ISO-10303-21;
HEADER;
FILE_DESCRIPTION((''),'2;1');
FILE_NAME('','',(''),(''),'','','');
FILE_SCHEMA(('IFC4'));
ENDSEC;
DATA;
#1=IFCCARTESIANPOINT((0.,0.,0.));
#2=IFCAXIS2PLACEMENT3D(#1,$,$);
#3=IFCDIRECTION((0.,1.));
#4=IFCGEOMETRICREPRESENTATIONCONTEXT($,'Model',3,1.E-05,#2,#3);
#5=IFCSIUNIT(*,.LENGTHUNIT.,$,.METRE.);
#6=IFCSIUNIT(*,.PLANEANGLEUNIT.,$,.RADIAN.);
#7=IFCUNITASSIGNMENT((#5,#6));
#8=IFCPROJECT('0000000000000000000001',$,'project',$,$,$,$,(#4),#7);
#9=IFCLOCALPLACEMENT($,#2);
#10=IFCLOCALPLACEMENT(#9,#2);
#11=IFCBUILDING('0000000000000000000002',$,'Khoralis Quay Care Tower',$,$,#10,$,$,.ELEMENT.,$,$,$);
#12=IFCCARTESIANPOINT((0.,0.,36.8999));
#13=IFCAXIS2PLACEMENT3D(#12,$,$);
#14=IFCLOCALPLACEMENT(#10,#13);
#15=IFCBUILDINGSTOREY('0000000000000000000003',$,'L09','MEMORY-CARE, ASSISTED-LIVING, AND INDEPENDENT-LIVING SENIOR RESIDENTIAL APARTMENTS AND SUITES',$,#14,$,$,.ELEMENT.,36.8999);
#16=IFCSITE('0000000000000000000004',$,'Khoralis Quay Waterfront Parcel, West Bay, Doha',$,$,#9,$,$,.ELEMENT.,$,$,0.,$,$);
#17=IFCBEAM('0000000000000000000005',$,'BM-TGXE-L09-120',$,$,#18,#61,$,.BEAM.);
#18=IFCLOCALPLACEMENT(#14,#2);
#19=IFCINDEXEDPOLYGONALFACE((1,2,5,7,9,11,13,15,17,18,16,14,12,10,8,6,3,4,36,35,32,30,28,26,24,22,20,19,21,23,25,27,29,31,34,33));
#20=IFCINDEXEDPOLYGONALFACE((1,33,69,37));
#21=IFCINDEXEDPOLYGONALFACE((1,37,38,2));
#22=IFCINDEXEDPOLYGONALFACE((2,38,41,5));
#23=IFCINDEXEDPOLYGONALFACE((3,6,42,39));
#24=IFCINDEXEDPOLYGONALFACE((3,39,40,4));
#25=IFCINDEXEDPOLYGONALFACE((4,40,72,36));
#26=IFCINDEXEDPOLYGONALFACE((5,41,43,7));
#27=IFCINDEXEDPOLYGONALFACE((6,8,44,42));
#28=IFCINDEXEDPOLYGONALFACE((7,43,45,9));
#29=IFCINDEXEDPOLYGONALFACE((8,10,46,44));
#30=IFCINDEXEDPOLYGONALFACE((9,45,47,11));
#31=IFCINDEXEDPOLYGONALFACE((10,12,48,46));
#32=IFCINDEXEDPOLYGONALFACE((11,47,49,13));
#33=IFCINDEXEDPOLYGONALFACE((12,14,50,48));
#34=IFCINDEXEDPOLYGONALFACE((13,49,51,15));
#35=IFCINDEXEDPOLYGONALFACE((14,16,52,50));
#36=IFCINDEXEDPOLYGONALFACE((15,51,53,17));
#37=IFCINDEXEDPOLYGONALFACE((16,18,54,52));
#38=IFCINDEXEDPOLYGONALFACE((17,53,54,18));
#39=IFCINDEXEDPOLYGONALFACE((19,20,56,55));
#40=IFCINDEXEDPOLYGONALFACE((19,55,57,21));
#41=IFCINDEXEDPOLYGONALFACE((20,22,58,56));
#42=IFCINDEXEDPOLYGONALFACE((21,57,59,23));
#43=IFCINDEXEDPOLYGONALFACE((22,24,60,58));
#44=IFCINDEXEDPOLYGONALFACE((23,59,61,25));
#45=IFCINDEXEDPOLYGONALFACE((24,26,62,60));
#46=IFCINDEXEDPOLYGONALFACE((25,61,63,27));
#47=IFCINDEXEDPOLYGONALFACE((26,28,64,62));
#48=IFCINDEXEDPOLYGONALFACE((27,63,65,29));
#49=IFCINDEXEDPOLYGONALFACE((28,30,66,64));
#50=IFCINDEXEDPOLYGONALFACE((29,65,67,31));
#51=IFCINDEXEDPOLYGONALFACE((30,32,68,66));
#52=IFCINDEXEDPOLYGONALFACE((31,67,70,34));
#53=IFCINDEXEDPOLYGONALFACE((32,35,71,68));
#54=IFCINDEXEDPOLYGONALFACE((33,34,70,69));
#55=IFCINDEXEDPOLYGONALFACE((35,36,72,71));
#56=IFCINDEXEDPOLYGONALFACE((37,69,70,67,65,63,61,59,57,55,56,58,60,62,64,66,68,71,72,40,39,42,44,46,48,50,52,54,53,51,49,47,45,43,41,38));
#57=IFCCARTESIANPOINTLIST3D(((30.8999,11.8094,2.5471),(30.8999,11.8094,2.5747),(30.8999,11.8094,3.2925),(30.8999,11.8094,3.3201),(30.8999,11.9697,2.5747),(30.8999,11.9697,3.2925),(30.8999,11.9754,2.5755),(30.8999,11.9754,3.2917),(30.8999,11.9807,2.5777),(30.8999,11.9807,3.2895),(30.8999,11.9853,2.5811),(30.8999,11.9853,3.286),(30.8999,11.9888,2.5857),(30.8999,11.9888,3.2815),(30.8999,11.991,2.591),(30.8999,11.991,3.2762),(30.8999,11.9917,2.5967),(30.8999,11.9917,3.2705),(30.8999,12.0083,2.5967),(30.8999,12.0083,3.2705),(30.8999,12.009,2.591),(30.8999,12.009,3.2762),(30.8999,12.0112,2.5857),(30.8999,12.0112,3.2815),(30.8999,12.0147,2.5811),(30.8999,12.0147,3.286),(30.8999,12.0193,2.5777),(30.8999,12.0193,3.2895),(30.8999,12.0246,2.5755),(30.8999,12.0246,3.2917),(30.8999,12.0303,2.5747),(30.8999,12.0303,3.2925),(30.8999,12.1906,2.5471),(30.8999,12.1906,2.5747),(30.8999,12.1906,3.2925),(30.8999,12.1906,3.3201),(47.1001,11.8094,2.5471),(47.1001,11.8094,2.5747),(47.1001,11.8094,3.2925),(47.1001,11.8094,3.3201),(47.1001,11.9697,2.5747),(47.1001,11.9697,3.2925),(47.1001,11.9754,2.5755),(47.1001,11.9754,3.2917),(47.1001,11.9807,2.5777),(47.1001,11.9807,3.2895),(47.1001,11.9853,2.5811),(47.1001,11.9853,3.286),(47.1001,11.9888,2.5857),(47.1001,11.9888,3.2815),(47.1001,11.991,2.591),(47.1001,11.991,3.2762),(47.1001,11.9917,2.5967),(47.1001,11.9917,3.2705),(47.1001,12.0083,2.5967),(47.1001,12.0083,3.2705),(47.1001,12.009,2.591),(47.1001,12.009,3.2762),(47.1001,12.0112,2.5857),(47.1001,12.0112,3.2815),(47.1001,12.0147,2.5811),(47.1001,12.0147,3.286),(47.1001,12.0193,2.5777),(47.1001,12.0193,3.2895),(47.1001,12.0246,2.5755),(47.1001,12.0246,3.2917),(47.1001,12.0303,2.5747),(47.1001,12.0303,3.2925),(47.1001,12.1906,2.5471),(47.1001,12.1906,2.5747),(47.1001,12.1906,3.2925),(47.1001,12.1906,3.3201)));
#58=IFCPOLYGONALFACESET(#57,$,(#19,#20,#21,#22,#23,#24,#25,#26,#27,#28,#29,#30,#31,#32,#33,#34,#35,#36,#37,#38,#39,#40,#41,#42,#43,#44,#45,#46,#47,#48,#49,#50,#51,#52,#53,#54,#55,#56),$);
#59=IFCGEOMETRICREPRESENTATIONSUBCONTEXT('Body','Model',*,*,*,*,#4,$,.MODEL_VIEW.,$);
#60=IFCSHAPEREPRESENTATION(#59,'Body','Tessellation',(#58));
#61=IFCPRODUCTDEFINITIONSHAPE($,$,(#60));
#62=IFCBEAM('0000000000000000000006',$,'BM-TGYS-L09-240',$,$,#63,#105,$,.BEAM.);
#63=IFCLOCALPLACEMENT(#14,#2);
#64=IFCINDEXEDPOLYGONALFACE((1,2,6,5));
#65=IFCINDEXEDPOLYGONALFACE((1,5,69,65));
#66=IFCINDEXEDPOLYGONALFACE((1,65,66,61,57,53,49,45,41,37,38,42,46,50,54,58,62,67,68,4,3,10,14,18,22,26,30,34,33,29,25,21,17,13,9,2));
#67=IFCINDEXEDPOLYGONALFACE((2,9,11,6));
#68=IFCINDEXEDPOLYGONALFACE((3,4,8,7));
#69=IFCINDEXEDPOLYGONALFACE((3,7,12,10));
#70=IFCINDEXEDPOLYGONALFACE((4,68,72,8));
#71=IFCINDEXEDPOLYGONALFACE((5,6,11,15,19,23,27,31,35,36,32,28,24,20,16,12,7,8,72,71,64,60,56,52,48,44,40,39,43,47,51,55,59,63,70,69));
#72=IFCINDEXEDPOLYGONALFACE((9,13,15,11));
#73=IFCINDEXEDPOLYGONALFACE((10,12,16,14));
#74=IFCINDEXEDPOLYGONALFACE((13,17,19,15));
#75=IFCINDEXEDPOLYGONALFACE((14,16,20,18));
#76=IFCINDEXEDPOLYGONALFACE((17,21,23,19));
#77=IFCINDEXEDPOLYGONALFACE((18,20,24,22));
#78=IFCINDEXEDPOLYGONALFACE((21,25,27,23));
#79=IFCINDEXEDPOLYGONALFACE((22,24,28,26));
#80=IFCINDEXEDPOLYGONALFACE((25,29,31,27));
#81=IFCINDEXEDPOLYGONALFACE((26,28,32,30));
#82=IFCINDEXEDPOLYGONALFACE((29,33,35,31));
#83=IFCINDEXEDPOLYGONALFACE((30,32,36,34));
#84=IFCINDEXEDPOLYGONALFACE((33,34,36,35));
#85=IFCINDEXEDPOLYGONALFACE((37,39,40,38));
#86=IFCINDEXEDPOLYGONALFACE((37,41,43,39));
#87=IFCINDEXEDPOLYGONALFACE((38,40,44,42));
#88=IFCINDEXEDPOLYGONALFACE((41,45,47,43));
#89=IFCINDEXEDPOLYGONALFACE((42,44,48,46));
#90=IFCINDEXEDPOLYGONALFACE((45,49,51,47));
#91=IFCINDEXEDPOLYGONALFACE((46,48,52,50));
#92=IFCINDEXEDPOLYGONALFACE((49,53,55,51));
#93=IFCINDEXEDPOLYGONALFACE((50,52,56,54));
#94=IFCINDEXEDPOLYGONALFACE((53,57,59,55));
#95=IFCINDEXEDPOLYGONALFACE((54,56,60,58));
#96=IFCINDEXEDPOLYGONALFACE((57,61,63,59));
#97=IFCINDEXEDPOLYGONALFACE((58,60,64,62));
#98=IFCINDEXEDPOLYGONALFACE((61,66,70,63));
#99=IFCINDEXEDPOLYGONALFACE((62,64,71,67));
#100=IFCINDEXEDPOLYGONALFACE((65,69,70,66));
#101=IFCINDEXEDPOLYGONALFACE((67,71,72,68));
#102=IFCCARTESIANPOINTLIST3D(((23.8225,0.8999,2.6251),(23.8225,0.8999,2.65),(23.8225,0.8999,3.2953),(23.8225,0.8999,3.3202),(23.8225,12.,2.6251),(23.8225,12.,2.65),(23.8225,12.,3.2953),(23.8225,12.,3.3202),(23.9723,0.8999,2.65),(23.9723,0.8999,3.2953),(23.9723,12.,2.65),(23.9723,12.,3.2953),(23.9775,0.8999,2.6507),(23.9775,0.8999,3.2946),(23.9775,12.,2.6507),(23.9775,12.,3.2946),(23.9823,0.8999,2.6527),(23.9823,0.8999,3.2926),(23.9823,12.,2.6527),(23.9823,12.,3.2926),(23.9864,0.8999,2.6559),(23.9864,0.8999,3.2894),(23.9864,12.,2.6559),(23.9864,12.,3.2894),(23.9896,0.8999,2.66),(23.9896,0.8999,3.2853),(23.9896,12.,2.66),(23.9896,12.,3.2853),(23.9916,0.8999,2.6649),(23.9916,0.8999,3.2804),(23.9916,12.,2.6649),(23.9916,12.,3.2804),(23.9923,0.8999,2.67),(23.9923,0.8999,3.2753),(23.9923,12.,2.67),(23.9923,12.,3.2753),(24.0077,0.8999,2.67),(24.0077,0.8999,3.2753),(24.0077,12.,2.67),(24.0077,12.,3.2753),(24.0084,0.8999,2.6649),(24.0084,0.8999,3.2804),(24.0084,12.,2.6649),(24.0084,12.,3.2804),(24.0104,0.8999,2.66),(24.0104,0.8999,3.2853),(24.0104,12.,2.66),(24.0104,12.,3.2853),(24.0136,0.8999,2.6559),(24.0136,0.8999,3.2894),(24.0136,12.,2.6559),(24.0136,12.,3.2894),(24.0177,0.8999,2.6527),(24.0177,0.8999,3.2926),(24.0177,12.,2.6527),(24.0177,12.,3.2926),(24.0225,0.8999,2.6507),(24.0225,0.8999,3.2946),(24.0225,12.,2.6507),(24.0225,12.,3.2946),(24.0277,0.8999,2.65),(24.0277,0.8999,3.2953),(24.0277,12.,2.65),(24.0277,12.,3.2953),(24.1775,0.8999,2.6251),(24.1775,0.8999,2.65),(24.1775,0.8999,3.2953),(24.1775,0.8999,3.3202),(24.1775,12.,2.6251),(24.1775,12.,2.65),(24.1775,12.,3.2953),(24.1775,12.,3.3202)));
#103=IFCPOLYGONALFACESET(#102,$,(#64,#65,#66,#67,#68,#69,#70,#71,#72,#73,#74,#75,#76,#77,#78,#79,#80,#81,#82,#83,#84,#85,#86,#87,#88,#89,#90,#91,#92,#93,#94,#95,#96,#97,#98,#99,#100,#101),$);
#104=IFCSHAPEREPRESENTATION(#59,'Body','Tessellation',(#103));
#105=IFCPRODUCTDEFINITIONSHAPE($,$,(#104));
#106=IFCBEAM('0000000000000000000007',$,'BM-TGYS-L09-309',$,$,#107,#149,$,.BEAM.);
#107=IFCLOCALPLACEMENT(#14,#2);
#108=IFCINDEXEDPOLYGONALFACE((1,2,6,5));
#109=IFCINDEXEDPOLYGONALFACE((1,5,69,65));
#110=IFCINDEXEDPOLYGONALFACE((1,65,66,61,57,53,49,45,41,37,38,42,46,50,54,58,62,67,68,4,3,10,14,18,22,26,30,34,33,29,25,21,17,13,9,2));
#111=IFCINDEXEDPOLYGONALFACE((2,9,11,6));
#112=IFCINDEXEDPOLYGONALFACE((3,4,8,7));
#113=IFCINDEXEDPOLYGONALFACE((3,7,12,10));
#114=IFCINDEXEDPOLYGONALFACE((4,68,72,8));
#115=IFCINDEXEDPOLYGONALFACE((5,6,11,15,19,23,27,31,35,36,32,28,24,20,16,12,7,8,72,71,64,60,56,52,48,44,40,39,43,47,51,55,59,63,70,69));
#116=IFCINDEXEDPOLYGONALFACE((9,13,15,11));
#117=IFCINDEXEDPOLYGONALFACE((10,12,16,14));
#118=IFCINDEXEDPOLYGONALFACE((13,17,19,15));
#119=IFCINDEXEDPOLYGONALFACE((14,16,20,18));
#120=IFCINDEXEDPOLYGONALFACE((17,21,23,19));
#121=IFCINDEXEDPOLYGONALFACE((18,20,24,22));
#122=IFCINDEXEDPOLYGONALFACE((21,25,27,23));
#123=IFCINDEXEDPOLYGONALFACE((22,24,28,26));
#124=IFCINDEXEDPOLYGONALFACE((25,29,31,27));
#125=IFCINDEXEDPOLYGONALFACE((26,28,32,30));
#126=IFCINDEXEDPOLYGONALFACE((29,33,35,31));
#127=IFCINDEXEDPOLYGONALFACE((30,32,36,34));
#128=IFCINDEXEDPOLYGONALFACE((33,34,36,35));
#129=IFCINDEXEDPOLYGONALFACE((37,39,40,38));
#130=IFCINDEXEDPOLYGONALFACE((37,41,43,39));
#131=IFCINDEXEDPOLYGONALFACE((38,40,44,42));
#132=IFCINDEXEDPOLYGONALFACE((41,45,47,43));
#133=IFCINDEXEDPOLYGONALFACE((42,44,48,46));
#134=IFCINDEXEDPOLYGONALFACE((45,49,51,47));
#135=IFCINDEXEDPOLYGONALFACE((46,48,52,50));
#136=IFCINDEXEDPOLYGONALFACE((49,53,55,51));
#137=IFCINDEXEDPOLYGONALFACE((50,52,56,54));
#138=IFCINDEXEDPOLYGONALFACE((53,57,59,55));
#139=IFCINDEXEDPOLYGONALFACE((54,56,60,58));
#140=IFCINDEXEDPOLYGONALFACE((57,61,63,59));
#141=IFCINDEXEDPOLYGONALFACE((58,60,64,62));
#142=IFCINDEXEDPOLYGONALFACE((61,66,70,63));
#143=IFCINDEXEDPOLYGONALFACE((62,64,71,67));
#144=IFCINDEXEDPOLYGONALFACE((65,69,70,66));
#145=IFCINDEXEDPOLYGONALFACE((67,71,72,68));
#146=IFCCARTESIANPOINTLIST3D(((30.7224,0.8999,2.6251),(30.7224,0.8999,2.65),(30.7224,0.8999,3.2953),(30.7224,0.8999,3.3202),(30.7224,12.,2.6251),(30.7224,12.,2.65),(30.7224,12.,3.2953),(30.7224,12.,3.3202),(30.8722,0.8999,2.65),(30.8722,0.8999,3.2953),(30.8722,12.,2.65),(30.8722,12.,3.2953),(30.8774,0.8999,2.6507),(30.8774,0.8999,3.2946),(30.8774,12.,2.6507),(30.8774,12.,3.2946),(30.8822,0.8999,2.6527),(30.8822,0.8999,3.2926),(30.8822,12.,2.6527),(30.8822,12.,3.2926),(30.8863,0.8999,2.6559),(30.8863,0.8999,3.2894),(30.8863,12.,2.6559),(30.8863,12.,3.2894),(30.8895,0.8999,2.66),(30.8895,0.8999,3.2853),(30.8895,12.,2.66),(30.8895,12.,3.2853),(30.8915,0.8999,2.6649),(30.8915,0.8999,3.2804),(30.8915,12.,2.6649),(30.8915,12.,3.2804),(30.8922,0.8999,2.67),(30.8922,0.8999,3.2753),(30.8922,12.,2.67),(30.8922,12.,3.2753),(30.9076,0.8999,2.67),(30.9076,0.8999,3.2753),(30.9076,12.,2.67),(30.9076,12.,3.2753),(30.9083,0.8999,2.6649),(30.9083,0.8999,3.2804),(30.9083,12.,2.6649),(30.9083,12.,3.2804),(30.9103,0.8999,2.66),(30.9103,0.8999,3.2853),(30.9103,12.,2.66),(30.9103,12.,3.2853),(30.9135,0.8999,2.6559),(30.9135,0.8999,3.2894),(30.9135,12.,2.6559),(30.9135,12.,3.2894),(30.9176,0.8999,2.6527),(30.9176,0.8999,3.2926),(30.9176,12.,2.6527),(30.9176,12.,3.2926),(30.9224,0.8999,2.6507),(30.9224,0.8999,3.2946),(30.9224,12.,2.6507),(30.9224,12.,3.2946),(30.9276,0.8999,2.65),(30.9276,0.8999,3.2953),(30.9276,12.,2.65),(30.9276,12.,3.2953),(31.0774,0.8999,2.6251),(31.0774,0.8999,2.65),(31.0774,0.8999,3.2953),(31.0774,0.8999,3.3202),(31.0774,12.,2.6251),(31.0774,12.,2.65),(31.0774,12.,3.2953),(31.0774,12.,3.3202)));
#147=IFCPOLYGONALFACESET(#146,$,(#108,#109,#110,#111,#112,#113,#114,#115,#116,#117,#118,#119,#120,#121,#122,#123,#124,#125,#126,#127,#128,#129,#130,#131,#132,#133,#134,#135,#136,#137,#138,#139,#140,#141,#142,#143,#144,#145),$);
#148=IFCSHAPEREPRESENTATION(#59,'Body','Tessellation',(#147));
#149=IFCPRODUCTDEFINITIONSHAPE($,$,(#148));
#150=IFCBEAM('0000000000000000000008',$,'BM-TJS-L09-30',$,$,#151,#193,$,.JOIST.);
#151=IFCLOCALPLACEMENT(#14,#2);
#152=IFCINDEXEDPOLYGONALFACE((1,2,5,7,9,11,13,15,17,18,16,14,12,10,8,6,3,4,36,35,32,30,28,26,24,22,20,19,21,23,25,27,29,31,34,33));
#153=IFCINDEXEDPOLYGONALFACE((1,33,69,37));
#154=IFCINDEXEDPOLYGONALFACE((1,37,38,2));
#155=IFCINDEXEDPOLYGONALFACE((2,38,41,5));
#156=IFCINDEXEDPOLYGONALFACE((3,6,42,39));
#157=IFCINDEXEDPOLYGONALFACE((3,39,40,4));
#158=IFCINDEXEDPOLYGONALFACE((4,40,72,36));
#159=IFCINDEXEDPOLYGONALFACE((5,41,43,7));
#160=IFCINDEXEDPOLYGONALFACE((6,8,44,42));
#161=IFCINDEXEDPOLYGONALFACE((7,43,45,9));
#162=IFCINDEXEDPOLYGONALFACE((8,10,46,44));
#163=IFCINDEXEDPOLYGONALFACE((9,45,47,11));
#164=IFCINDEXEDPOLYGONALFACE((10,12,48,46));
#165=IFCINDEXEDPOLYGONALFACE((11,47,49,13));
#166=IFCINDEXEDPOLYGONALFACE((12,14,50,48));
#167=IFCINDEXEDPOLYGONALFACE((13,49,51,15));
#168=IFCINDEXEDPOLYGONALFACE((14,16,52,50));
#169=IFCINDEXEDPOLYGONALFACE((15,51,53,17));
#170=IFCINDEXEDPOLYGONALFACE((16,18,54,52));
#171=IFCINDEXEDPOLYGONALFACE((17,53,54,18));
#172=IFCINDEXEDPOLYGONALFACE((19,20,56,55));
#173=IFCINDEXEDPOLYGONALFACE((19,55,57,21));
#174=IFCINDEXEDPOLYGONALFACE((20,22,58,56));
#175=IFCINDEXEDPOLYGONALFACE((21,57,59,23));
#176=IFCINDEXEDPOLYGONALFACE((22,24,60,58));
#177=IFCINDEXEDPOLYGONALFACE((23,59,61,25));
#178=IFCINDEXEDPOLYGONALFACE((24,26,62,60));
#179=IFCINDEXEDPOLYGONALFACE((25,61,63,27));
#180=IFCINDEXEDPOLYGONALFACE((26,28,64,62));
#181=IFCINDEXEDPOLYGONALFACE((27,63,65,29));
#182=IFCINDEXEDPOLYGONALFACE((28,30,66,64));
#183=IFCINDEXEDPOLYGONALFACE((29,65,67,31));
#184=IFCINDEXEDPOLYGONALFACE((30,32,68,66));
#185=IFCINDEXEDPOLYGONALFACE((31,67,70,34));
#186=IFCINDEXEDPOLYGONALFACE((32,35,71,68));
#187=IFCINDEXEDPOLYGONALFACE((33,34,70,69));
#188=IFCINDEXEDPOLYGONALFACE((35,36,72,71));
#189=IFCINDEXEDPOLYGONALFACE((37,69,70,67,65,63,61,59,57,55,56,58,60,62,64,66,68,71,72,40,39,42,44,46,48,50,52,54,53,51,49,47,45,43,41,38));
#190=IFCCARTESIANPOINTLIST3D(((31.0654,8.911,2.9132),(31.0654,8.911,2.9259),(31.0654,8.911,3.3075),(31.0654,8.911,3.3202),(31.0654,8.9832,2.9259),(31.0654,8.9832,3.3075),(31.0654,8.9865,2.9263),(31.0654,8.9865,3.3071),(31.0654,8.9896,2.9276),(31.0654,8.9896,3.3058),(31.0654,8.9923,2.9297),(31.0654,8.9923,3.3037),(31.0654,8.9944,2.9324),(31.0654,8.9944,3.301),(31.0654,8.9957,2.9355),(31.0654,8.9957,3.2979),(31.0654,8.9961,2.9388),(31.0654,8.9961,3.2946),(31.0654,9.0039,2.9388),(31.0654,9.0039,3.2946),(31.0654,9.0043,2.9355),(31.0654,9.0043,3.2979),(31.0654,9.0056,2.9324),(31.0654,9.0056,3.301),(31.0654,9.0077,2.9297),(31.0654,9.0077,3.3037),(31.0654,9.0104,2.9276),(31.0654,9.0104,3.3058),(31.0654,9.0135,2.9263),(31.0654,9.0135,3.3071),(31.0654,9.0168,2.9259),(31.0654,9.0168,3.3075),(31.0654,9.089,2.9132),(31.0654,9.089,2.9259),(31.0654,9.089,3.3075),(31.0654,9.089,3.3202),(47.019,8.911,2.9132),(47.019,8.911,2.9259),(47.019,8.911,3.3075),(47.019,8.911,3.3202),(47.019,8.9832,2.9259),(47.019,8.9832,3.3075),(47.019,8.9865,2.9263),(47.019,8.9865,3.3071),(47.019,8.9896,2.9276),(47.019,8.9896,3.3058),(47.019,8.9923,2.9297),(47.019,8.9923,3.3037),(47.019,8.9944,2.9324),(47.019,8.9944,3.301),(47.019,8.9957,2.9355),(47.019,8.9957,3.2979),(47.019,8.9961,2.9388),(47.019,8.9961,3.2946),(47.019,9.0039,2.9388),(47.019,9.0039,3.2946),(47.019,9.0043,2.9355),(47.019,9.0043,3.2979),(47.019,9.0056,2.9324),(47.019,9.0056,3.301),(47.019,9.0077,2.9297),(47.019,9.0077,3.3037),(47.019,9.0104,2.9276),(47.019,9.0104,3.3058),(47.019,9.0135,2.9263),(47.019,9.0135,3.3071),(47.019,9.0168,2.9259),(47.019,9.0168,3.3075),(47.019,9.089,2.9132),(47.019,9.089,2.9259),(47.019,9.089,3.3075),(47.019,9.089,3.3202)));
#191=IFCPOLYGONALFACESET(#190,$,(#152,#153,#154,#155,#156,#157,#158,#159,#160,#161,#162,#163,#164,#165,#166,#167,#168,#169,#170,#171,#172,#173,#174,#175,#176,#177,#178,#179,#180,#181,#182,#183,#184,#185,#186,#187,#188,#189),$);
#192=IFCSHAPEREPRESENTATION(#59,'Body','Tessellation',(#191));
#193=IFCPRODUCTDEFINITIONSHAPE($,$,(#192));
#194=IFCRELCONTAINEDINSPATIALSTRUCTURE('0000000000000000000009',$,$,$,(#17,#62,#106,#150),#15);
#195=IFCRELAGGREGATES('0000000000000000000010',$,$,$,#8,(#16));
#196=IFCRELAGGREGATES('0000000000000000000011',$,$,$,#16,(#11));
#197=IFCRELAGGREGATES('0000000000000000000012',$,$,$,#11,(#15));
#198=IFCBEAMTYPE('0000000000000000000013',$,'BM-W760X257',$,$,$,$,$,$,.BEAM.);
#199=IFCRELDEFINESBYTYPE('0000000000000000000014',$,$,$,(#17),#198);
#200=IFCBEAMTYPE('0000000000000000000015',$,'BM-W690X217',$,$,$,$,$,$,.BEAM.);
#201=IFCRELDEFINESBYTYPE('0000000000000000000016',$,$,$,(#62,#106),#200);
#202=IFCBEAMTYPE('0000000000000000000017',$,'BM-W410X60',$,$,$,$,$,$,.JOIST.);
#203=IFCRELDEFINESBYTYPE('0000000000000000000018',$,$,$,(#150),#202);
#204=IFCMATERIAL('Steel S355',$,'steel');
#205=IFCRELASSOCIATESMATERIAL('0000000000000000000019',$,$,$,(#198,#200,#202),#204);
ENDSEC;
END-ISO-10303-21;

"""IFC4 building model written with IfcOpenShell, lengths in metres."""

from ifc_helpers import new_model, si_unit, direction, frame, origin, origin_2d, place, context, subcontext, project, spatial, i_section, extrude, source, transform, mapped, material, material_profile, profile_set, type_object, element, save


model = new_model("IFC4")

# Units and contexts
model_context = context("Model", 3, precision=1e-05, world=origin(), true_north=direction((0.0, 1.0)))
body_context = subcontext(model_context, "Body", "Model", "MODEL_VIEW")
ifc_project = project(units=[si_unit("LENGTHUNIT", "METRE"), si_unit("PLANEANGLEUNIT", "RADIAN")], contexts=[model_context])

# Site, building, storey
site_placement = place(None, origin())
site = spatial("IfcSite", under=ifc_project, at=site_placement, Name="Khoralis Quay Waterfront Parcel, West Bay, Doha", CompositionType="ELEMENT", RefElevation=0.0)
building_placement = place(site_placement, origin())
building = spatial("IfcBuilding", under=site, at=building_placement, Name="Khoralis Quay Care Tower", CompositionType="ELEMENT")
storey_placement = place(building_placement, frame((0.0, 0.0, 36.8999)))
storey = spatial("IfcBuildingStorey", under=building, at=storey_placement, Name="L09", Description="MEMORY-CARE, ASSISTED-LIVING, AND INDEPENDENT-LIVING SENIOR RESIDENTIAL APARTMENTS AND SUITES", CompositionType="ELEMENT", Elevation=36.8999)

# Beams
ifc_material_1 = material(Name="Steel S355", Category="steel")
ifc_material_profile_1 = material_profile(ifc_material_1, i_section(OverallWidth=0.3811, OverallDepth=0.7729, WebThickness=0.0166, FlangeThickness=0.0276, FilletRadius=0.022, at=origin_2d()), Name="Steel S355")
ifc_profile_set_1 = profile_set([ifc_material_profile_1], Name="Steel S355")
beam_type_1 = type_object("IfcBeamType", Name="BM-W760X257", PredefinedType="BEAM", material=ifc_profile_set_1)
shared_shape_1 = source(origin(), body_context, "Body", "SweptSolid", [
    extrude(i_section(OverallWidth=0.3811, OverallDepth=0.7729, WebThickness=0.0166, FlangeThickness=0.0276, FilletRadius=0.022, at=origin_2d()), origin(), (0.0, 0.0, 1.0), 16.2002),
])
beam_1_placement = place(storey_placement, frame((30.8999, 12.0, 2.9336), z_axis=(1.0, 0.0, 0.0), x_axis=(0.0, 1.0, 0.0)))
element("IfcBeam", 1, at=beam_1_placement, inside=storey, type_object=beam_type_1, Name="BM-TGXE-L09-120", PredefinedType="BEAM", context=body_context, shape_type="MappedRepresentation", body=[
    mapped(shared_shape_1, transform((0.0, 0.0, 0.0), scale=1.0)),
])
ifc_material_profile_2 = material_profile(ifc_material_1, i_section(OverallWidth=0.355, OverallDepth=0.6951, WebThickness=0.0154, FlangeThickness=0.0249, FilletRadius=0.02, at=origin_2d()), Name="Steel S355")
ifc_profile_set_2 = profile_set([ifc_material_profile_2], Name="Steel S355")
beam_type_2 = type_object("IfcBeamType", Name="BM-W690X217", PredefinedType="BEAM", material=ifc_profile_set_2)
shared_shape_2 = source(origin(), body_context, "Body", "SweptSolid", [
    extrude(i_section(OverallWidth=0.355, OverallDepth=0.6951, WebThickness=0.0154, FlangeThickness=0.0249, FilletRadius=0.02, at=origin_2d()), origin(), (0.0, 0.0, 1.0), 11.1001),
])
for number, where, z_axis, x_axis, name in (
    (2, (24.0, 0.8999, 2.9727), (0.0, 1.0, 0.0), (-1.0, 0.0, 0.0), "BM-TGYS-L09-240"),
    (3, (30.8999, 0.8999, 2.9727), (0.0, 1.0, 0.0), (-1.0, 0.0, 0.0), "BM-TGYS-L09-309"),
):
    element("IfcBeam", number, at=place(storey_placement, frame(where, z_axis=z_axis, x_axis=x_axis)), inside=storey, type_object=beam_type_2, Name=name, PredefinedType="BEAM", context=body_context, shape_type="MappedRepresentation", body=[
        mapped(shared_shape_2, transform((0.0, 0.0, 0.0), scale=1.0)),
    ])
ifc_material_profile_3 = material_profile(ifc_material_1, i_section(OverallWidth=0.178, OverallDepth=0.407, WebThickness=0.0078, FlangeThickness=0.0127, FilletRadius=0.0129, at=origin_2d()), Name="Steel S355")
ifc_profile_set_3 = profile_set([ifc_material_profile_3], Name="Steel S355")
beam_type_3 = type_object("IfcBeamType", Name="BM-W410X60", PredefinedType="JOIST", material=ifc_profile_set_3)
shared_shape_3 = source(origin(), body_context, "Body", "SweptSolid", [
    extrude(i_section(OverallWidth=0.178, OverallDepth=0.407, WebThickness=0.0078, FlangeThickness=0.0127, FilletRadius=0.0129, at=origin_2d()), origin(), (0.0, 0.0, 1.0), 15.9536),
])
beam_2_placement = place(storey_placement, frame((31.0654, 9.0, 3.1167), z_axis=(1.0, 0.0, 0.0), x_axis=(0.0, 1.0, 0.0)))
element("IfcBeam", 4, at=beam_2_placement, inside=storey, type_object=beam_type_3, Name="BM-TJS-L09-30", PredefinedType="JOIST", context=body_context, shape_type="MappedRepresentation", body=[
    mapped(shared_shape_3, transform((0.0, 0.0, 0.0), scale=1.0)),
])

save(model, "model.ifc")
